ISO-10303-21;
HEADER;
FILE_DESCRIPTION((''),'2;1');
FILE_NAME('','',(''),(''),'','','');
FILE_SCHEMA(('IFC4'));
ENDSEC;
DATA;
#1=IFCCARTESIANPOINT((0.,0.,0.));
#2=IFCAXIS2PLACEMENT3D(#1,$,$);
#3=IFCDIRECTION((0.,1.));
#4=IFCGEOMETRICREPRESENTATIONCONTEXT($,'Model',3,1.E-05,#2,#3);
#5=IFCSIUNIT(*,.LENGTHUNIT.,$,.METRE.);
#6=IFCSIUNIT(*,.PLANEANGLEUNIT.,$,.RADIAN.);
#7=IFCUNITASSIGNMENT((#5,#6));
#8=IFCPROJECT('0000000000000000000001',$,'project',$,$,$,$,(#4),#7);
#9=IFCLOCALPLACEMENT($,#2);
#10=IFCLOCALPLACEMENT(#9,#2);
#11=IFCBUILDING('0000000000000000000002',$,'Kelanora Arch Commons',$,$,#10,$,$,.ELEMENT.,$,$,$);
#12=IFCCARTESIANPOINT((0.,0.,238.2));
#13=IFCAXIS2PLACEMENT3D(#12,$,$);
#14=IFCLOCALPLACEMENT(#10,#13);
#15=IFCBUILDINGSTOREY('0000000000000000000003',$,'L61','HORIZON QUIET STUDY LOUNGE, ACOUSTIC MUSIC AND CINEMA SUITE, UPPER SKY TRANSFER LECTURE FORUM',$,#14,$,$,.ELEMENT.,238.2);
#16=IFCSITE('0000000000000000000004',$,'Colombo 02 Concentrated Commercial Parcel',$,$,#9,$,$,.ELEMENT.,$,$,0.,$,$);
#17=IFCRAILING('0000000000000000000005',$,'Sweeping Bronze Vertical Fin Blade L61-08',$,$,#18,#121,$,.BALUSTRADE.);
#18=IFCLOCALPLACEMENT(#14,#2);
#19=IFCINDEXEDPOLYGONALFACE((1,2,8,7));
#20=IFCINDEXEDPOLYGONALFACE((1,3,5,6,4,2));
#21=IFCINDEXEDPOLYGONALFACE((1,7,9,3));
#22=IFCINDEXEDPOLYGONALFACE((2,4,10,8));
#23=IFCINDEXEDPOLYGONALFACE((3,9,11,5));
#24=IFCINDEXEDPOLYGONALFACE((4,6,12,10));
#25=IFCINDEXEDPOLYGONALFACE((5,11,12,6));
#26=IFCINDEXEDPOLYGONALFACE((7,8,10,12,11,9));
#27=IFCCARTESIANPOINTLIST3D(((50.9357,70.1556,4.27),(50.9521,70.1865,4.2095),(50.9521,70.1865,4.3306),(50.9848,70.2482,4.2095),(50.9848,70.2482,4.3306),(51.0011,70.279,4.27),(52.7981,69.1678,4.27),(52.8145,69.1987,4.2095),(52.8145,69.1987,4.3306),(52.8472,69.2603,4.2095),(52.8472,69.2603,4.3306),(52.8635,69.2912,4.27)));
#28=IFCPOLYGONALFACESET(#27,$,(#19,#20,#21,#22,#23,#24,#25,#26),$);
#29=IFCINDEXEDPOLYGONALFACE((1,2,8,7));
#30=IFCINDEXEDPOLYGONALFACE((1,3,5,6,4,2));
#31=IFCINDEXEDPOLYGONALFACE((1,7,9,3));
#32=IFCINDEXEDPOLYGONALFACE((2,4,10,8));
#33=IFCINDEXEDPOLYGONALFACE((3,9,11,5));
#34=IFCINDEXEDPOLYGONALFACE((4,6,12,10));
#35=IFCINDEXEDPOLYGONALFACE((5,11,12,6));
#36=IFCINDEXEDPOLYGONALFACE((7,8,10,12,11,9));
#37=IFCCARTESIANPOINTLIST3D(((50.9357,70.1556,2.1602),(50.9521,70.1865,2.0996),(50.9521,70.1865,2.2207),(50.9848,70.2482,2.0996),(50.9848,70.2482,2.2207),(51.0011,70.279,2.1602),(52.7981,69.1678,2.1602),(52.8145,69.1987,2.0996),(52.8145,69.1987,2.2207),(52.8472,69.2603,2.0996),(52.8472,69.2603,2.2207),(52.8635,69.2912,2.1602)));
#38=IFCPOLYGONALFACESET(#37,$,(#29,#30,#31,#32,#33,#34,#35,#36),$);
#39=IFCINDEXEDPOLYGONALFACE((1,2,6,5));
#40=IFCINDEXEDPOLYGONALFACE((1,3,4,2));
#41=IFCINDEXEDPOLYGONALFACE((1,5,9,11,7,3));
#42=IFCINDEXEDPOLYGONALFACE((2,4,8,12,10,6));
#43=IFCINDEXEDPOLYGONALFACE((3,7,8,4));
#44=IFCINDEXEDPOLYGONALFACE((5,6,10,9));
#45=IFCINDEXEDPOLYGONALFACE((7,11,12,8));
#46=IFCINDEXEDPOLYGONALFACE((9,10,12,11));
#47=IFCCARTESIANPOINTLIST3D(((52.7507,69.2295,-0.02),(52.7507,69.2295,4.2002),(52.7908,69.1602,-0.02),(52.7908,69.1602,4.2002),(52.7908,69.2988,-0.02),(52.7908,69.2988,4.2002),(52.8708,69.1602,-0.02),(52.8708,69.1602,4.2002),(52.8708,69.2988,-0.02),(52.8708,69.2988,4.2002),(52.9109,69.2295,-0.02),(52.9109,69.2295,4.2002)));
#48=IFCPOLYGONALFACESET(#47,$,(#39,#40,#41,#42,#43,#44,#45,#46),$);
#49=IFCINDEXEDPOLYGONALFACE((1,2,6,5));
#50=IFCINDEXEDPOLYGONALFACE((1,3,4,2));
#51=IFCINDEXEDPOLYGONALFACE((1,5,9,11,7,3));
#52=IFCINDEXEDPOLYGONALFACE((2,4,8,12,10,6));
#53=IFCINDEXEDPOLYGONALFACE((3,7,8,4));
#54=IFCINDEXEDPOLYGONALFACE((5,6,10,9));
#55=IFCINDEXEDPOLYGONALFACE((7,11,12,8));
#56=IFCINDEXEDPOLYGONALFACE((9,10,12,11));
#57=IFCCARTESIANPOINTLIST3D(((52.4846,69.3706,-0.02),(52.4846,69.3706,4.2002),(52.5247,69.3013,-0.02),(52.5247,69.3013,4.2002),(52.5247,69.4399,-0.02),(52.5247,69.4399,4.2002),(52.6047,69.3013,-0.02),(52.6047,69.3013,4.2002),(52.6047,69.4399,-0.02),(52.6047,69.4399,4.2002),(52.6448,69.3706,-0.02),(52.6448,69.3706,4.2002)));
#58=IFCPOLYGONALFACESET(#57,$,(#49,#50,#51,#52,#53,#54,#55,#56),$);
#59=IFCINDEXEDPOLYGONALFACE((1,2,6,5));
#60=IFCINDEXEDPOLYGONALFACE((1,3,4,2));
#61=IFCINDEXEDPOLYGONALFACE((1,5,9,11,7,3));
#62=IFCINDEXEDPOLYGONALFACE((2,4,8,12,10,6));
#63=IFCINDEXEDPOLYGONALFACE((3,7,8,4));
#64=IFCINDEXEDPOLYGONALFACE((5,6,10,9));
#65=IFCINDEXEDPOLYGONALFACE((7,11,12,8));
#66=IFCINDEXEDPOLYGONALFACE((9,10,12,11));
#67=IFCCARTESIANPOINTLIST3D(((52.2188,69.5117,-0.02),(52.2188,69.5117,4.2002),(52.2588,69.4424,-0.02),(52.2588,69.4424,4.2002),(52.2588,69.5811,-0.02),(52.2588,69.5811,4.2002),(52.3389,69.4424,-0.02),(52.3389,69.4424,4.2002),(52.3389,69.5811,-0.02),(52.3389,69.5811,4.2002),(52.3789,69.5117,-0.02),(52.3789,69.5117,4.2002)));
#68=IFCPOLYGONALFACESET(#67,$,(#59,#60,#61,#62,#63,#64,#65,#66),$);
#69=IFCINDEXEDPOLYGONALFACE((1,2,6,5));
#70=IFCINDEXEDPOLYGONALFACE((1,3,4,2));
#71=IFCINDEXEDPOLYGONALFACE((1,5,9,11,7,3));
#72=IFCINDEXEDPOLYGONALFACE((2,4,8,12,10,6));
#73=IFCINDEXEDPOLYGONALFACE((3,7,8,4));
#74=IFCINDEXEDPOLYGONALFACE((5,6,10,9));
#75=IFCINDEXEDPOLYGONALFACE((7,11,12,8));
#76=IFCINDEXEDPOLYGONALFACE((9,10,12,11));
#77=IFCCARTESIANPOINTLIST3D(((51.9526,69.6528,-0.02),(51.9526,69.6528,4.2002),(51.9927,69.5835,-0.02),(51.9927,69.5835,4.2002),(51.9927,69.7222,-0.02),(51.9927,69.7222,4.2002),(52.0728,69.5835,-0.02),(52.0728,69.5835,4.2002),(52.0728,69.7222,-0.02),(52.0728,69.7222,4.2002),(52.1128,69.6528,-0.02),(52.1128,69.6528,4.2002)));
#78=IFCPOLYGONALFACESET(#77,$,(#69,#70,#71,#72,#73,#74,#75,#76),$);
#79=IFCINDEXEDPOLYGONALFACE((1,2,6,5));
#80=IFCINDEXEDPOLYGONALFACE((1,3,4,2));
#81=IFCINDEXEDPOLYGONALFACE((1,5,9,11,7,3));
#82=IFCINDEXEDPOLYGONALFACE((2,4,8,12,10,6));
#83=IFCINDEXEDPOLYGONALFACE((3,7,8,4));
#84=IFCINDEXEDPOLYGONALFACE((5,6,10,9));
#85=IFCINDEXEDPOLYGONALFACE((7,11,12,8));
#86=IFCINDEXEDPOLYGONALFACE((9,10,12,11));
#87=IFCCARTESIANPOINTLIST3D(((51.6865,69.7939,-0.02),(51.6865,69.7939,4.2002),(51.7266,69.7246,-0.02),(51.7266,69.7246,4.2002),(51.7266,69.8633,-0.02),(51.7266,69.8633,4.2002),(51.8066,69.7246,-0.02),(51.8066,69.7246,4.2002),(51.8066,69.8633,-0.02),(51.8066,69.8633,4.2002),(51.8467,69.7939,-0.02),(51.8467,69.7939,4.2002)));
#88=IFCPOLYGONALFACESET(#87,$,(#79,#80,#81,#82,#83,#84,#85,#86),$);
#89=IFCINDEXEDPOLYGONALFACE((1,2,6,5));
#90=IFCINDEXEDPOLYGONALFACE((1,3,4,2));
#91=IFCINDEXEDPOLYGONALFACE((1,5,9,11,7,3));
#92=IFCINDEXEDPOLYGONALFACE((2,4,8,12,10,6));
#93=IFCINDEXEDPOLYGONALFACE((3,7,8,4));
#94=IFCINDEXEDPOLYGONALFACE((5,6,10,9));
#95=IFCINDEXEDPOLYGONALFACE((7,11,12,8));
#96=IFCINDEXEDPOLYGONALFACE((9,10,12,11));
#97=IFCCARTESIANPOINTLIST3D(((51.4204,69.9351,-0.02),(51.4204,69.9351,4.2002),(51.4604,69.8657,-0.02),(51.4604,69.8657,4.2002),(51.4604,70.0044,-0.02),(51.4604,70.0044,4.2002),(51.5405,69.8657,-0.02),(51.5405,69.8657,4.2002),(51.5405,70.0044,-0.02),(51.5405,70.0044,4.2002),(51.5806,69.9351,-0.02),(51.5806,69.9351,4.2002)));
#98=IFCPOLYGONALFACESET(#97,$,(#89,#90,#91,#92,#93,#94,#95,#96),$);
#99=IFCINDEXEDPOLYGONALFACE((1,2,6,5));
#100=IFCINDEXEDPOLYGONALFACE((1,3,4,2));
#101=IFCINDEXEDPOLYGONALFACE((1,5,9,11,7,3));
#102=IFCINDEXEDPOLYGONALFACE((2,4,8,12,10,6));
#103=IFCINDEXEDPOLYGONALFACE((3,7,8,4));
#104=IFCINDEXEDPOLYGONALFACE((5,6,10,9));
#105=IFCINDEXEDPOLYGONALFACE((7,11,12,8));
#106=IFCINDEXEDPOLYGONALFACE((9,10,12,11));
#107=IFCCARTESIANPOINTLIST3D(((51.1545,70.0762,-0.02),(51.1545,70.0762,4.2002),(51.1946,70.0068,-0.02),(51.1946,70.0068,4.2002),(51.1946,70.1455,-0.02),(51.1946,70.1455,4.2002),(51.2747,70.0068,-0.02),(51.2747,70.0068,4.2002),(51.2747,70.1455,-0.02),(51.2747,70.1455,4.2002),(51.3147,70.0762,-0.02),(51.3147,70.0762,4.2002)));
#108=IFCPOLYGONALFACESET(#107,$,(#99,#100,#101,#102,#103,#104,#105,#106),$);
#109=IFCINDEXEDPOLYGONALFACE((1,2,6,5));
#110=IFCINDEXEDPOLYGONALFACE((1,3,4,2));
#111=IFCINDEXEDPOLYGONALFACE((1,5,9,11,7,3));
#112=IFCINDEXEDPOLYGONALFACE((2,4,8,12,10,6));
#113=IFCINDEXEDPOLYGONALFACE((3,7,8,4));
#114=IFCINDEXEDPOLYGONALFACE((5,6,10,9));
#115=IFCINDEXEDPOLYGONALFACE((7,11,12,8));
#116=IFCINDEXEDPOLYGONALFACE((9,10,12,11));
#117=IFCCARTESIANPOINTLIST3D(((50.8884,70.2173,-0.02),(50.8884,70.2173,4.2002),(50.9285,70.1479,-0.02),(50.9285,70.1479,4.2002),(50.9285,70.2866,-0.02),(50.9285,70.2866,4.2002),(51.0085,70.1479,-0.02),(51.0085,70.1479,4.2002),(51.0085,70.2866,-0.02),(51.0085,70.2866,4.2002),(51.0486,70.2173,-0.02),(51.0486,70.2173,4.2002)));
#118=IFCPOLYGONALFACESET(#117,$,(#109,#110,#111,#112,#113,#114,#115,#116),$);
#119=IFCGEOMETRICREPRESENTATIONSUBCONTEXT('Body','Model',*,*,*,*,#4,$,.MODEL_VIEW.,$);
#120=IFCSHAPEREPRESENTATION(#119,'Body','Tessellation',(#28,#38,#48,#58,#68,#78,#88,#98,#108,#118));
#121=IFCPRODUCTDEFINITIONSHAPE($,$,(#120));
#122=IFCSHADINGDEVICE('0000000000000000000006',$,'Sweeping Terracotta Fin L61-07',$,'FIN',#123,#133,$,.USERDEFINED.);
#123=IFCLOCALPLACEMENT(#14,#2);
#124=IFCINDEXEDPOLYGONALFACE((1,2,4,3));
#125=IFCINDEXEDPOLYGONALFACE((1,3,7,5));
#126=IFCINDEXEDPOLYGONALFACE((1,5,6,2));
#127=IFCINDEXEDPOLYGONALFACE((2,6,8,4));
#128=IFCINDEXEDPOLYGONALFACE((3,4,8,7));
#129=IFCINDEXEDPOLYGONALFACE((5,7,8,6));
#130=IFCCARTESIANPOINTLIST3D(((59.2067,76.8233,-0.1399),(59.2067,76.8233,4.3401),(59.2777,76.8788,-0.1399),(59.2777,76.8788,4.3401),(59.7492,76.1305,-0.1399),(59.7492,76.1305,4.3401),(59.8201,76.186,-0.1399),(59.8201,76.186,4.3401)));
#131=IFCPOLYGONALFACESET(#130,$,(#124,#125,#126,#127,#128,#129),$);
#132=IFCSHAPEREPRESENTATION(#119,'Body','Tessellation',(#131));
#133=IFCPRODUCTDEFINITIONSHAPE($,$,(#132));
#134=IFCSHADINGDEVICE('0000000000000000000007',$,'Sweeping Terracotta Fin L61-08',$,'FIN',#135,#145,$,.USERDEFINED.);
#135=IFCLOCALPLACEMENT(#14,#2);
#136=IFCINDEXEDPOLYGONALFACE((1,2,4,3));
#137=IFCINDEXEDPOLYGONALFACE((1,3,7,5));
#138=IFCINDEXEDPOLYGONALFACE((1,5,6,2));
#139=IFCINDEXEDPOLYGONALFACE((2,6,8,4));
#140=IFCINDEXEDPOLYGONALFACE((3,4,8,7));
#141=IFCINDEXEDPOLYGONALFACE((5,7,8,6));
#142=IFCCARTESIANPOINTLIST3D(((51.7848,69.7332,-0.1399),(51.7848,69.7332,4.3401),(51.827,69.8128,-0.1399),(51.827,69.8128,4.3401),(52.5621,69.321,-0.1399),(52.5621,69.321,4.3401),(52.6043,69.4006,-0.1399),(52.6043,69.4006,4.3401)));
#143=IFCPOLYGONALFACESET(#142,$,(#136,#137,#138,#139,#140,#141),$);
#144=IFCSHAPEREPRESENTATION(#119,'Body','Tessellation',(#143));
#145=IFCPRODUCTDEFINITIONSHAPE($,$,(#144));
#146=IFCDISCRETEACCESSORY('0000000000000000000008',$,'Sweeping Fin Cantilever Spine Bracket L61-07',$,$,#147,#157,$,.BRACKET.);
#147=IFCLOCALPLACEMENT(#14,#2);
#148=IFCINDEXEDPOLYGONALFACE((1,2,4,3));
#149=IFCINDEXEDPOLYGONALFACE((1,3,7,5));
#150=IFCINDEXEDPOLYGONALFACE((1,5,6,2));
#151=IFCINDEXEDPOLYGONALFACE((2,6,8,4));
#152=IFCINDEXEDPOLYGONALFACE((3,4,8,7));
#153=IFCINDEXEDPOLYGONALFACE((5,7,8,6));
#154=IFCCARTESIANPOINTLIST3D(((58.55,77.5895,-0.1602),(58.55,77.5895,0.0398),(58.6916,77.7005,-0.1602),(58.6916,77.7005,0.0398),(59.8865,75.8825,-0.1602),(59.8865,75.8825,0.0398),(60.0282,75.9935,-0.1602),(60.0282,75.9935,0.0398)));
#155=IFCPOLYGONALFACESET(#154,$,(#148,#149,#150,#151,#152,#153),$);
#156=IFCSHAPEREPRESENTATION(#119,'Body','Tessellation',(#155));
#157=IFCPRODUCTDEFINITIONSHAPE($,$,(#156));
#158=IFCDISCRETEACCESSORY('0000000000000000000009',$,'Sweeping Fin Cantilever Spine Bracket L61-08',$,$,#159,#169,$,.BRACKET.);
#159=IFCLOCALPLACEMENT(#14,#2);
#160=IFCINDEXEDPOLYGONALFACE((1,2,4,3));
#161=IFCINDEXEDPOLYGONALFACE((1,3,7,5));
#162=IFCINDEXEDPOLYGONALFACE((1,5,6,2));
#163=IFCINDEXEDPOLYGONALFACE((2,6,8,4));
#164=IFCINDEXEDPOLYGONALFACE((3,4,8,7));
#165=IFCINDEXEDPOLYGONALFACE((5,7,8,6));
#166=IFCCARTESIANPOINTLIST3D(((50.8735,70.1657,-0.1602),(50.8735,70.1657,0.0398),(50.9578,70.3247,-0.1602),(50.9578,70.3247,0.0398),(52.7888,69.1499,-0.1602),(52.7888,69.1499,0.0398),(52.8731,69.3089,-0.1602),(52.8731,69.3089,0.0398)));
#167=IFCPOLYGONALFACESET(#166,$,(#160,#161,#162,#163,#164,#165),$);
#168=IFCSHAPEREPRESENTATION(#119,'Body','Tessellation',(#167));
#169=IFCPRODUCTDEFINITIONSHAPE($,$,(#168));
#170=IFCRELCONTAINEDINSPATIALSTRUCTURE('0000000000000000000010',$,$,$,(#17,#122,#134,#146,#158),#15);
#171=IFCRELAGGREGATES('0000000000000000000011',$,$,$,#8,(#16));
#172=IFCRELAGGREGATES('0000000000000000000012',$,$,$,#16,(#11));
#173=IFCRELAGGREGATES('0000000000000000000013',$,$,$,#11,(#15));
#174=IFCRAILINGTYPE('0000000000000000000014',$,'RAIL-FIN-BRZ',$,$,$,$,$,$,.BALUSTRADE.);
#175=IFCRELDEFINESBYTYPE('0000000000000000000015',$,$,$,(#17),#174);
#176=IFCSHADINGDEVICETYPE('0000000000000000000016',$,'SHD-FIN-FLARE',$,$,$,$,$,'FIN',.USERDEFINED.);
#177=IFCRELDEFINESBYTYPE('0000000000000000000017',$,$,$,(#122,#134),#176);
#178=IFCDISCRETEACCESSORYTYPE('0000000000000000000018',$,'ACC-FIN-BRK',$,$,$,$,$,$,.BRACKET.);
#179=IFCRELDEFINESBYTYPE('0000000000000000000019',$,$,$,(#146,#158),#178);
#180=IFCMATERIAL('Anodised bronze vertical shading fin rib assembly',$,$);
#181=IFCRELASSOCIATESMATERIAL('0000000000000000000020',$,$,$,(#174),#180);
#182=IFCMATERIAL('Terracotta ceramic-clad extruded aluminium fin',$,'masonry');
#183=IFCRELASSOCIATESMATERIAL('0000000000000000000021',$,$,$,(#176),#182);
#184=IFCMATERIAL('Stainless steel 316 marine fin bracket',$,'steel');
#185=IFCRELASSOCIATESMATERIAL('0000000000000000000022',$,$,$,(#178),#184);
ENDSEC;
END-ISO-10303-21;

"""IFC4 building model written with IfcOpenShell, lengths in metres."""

from ifc_helpers import new_model, si_unit, direction, frame, origin, origin_2d, place, context, subcontext, project, spatial, polyline, rectangle, outline, extrude, source, transform, mapped, material, type_object, element, save


model = new_model("IFC4")

# Units and contexts
model_context = context("Model", 3, precision=1e-05, world=origin(), true_north=direction((0.0, 1.0)))
body_context = subcontext(model_context, "Body", "Model", "MODEL_VIEW")
ifc_project = project(units=[si_unit("LENGTHUNIT", "METRE"), si_unit("PLANEANGLEUNIT", "RADIAN")], contexts=[model_context])

# Site, building, storey
site_placement = place(None, origin())
site = spatial("IfcSite", under=ifc_project, at=site_placement, Name="Colombo 02 Concentrated Commercial Parcel", CompositionType="ELEMENT", RefElevation=0.0)
building_placement = place(site_placement, origin())
building = spatial("IfcBuilding", under=site, at=building_placement, Name="Kelanora Arch Commons", CompositionType="ELEMENT")
storey_placement = place(building_placement, frame((0.0, 0.0, 238.2)))
storey = spatial("IfcBuildingStorey", under=building, at=storey_placement, Name="L61", Description="HORIZON QUIET STUDY LOUNGE, ACOUSTIC MUSIC AND CINEMA SUITE, UPPER SKY TRANSFER LECTURE FORUM", CompositionType="ELEMENT", Elevation=238.2)

# Railing
ifc_material_1 = material(Name="Anodised bronze vertical shading fin rib assembly")
railing_type = type_object("IfcRailingType", Name="RAIL-FIN-BRZ", PredefinedType="BALUSTRADE", material=ifc_material_1)
railing_1_placement = place(storey_placement, frame((52.8308, 69.2295, -0.02)))
element("IfcRailing", 1, at=railing_1_placement, inside=storey, type_object=railing_type, Name="Sweeping Bronze Vertical Fin Blade L61-08", PredefinedType="BALUSTRADE", context=body_context, shape_type="SweptSolid", body=[
    extrude(outline(polyline([(0.0698, 0.0), (0.0349, 0.0605), (-0.0349, 0.0605), (-0.0698, 0.0), (-0.0349, -0.0605), (0.0349, -0.0605), (0.0698, 0.0)])), frame((0.0, 0.0, 4.29), z_axis=(-0.883421, 0.468579, 0.0), x_axis=(-0.468579, -0.883421, 0.0)), (0.0, 0.0, 1.0), 2.1082),
    extrude(outline(polyline([(0.0698, 0.0), (0.0349, 0.0605), (-0.0349, 0.0605), (-0.0698, 0.0), (-0.0349, -0.0605), (0.0349, -0.0605), (0.0698, 0.0)])), frame((0.0, 0.0, 2.1802), z_axis=(-0.883421, 0.468579, 0.0), x_axis=(-0.468579, -0.883421, 0.0)), (0.0, 0.0, 1.0), 2.1082),
    extrude(outline(polyline([(0.0801, 0.0), (0.04, 0.0693), (-0.04, 0.0693), (-0.0801, 0.0), (-0.04, -0.0693), (0.04, -0.0693), (0.0801, 0.0)])), origin(), (0.0, 0.0, 1.0), 4.2202),
    extrude(outline(polyline([(0.0801, 0.0), (0.04, 0.0693), (-0.04, 0.0693), (-0.0801, 0.0), (-0.04, -0.0693), (0.04, -0.0693), (0.0801, 0.0)])), frame((-0.2661, 0.1411, 0.0)), (0.0, 0.0, 1.0), 4.2202),
    extrude(outline(polyline([(0.0801, 0.0), (0.04, 0.0693), (-0.04, 0.0693), (-0.0801, 0.0), (-0.04, -0.0693), (0.04, -0.0693), (0.0801, 0.0)])), frame((-0.532, 0.2822, 0.0)), (0.0, 0.0, 1.0), 4.2202),
    extrude(outline(polyline([(0.0801, 0.0), (0.04, 0.0693), (-0.04, 0.0693), (-0.0801, 0.0), (-0.04, -0.0693), (0.04, -0.0693), (0.0801, 0.0)])), frame((-0.7981, 0.4233, 0.0)), (0.0, 0.0, 1.0), 4.2202),
    extrude(outline(polyline([(0.0801, 0.0), (0.04, 0.0693), (-0.04, 0.0693), (-0.0801, 0.0), (-0.04, -0.0693), (0.04, -0.0693), (0.0801, 0.0)])), frame((-1.0642, 0.5645, 0.0)), (0.0, 0.0, 1.0), 4.2202),
    extrude(outline(polyline([(0.0801, 0.0), (0.04, 0.0693), (-0.04, 0.0693), (-0.0801, 0.0), (-0.04, -0.0693), (0.04, -0.0693), (0.0801, 0.0)])), frame((-1.3303, 0.7056, 0.0)), (0.0, 0.0, 1.0), 4.2202),
    extrude(outline(polyline([(0.0801, 0.0), (0.04, 0.0693), (-0.04, 0.0693), (-0.0801, 0.0), (-0.04, -0.0693), (0.04, -0.0693), (0.0801, 0.0)])), frame((-1.5962, 0.8467, 0.0)), (0.0, 0.0, 1.0), 4.2202),
    extrude(outline(polyline([(0.0801, 0.0), (0.04, 0.0693), (-0.04, 0.0693), (-0.0801, 0.0), (-0.04, -0.0693), (0.04, -0.0693), (0.0801, 0.0)])), frame((-1.8623, 0.9878, 0.0)), (0.0, 0.0, 1.0), 4.2202),
])

# Shading devices
ifc_material_2 = material(Name="Terracotta ceramic-clad extruded aluminium fin", Category="masonry")
shading_device_type = type_object("IfcShadingDeviceType", Name="SHD-FIN-FLARE", ElementType="FIN", PredefinedType="USERDEFINED", material=ifc_material_2)
shared_shape_1 = source(origin(), body_context, "Body", "SweptSolid", [
    extrude(rectangle(XDim=0.8799, YDim=0.0901, at=origin_2d()), origin(), (0.0, 0.0, 1.0), 4.48),
])
for number, where, z_axis, x_axis, name in (
    (2, (59.5134, 76.5046, -0.1399), (0.0, 0.0, 1.0), (-0.616486, 0.787366, 0.0), "Sweeping Terracotta Fin L61-07"),
    (3, (52.1946, 69.5669, -0.1399), (0.0, 0.0, 1.0), (-0.883439, 0.468547, 0.0), "Sweeping Terracotta Fin L61-08"),
):
    element("IfcShadingDevice", number, at=place(storey_placement, frame(where, z_axis=z_axis, x_axis=x_axis)), inside=storey, type_object=shading_device_type, Name=name, ObjectType="FIN", PredefinedType="USERDEFINED", context=body_context, shape_type="MappedRepresentation", body=[
        mapped(shared_shape_1, transform((0.0, 0.0, 0.0), scale=1.0)),
    ])

# Discrete accessories
ifc_material_3 = material(Name="Stainless steel 316 marine fin bracket", Category="steel")
discrete_accessory_type = type_object("IfcDiscreteAccessoryType", Name="ACC-FIN-BRK", PredefinedType="BRACKET", material=ifc_material_3)
shared_shape_2 = source(origin(), body_context, "Body", "SweptSolid", [
    extrude(rectangle(XDim=2.168, YDim=0.1799, at=origin_2d()), origin(), (0.0, 0.0, 1.0), 0.2),
])
for number, where, z_axis, x_axis, name in (
    (4, (59.2891, 76.7915, -0.1602), (0.0, 0.0, 1.0), (-0.616486, 0.787366, 0.0), "Sweeping Fin Cantilever Spine Bracket L61-07"),
    (5, (51.8733, 69.7373, -0.1602), (0.0, 0.0, 1.0), (-0.883439, 0.468547, 0.0), "Sweeping Fin Cantilever Spine Bracket L61-08"),
):
    element("IfcDiscreteAccessory", number, at=place(storey_placement, frame(where, z_axis=z_axis, x_axis=x_axis)), inside=storey, type_object=discrete_accessory_type, Name=name, PredefinedType="BRACKET", context=body_context, shape_type="MappedRepresentation", body=[
        mapped(shared_shape_2, transform((0.0, 0.0, 0.0), scale=1.0)),
    ])

save(model, "model.ifc")
